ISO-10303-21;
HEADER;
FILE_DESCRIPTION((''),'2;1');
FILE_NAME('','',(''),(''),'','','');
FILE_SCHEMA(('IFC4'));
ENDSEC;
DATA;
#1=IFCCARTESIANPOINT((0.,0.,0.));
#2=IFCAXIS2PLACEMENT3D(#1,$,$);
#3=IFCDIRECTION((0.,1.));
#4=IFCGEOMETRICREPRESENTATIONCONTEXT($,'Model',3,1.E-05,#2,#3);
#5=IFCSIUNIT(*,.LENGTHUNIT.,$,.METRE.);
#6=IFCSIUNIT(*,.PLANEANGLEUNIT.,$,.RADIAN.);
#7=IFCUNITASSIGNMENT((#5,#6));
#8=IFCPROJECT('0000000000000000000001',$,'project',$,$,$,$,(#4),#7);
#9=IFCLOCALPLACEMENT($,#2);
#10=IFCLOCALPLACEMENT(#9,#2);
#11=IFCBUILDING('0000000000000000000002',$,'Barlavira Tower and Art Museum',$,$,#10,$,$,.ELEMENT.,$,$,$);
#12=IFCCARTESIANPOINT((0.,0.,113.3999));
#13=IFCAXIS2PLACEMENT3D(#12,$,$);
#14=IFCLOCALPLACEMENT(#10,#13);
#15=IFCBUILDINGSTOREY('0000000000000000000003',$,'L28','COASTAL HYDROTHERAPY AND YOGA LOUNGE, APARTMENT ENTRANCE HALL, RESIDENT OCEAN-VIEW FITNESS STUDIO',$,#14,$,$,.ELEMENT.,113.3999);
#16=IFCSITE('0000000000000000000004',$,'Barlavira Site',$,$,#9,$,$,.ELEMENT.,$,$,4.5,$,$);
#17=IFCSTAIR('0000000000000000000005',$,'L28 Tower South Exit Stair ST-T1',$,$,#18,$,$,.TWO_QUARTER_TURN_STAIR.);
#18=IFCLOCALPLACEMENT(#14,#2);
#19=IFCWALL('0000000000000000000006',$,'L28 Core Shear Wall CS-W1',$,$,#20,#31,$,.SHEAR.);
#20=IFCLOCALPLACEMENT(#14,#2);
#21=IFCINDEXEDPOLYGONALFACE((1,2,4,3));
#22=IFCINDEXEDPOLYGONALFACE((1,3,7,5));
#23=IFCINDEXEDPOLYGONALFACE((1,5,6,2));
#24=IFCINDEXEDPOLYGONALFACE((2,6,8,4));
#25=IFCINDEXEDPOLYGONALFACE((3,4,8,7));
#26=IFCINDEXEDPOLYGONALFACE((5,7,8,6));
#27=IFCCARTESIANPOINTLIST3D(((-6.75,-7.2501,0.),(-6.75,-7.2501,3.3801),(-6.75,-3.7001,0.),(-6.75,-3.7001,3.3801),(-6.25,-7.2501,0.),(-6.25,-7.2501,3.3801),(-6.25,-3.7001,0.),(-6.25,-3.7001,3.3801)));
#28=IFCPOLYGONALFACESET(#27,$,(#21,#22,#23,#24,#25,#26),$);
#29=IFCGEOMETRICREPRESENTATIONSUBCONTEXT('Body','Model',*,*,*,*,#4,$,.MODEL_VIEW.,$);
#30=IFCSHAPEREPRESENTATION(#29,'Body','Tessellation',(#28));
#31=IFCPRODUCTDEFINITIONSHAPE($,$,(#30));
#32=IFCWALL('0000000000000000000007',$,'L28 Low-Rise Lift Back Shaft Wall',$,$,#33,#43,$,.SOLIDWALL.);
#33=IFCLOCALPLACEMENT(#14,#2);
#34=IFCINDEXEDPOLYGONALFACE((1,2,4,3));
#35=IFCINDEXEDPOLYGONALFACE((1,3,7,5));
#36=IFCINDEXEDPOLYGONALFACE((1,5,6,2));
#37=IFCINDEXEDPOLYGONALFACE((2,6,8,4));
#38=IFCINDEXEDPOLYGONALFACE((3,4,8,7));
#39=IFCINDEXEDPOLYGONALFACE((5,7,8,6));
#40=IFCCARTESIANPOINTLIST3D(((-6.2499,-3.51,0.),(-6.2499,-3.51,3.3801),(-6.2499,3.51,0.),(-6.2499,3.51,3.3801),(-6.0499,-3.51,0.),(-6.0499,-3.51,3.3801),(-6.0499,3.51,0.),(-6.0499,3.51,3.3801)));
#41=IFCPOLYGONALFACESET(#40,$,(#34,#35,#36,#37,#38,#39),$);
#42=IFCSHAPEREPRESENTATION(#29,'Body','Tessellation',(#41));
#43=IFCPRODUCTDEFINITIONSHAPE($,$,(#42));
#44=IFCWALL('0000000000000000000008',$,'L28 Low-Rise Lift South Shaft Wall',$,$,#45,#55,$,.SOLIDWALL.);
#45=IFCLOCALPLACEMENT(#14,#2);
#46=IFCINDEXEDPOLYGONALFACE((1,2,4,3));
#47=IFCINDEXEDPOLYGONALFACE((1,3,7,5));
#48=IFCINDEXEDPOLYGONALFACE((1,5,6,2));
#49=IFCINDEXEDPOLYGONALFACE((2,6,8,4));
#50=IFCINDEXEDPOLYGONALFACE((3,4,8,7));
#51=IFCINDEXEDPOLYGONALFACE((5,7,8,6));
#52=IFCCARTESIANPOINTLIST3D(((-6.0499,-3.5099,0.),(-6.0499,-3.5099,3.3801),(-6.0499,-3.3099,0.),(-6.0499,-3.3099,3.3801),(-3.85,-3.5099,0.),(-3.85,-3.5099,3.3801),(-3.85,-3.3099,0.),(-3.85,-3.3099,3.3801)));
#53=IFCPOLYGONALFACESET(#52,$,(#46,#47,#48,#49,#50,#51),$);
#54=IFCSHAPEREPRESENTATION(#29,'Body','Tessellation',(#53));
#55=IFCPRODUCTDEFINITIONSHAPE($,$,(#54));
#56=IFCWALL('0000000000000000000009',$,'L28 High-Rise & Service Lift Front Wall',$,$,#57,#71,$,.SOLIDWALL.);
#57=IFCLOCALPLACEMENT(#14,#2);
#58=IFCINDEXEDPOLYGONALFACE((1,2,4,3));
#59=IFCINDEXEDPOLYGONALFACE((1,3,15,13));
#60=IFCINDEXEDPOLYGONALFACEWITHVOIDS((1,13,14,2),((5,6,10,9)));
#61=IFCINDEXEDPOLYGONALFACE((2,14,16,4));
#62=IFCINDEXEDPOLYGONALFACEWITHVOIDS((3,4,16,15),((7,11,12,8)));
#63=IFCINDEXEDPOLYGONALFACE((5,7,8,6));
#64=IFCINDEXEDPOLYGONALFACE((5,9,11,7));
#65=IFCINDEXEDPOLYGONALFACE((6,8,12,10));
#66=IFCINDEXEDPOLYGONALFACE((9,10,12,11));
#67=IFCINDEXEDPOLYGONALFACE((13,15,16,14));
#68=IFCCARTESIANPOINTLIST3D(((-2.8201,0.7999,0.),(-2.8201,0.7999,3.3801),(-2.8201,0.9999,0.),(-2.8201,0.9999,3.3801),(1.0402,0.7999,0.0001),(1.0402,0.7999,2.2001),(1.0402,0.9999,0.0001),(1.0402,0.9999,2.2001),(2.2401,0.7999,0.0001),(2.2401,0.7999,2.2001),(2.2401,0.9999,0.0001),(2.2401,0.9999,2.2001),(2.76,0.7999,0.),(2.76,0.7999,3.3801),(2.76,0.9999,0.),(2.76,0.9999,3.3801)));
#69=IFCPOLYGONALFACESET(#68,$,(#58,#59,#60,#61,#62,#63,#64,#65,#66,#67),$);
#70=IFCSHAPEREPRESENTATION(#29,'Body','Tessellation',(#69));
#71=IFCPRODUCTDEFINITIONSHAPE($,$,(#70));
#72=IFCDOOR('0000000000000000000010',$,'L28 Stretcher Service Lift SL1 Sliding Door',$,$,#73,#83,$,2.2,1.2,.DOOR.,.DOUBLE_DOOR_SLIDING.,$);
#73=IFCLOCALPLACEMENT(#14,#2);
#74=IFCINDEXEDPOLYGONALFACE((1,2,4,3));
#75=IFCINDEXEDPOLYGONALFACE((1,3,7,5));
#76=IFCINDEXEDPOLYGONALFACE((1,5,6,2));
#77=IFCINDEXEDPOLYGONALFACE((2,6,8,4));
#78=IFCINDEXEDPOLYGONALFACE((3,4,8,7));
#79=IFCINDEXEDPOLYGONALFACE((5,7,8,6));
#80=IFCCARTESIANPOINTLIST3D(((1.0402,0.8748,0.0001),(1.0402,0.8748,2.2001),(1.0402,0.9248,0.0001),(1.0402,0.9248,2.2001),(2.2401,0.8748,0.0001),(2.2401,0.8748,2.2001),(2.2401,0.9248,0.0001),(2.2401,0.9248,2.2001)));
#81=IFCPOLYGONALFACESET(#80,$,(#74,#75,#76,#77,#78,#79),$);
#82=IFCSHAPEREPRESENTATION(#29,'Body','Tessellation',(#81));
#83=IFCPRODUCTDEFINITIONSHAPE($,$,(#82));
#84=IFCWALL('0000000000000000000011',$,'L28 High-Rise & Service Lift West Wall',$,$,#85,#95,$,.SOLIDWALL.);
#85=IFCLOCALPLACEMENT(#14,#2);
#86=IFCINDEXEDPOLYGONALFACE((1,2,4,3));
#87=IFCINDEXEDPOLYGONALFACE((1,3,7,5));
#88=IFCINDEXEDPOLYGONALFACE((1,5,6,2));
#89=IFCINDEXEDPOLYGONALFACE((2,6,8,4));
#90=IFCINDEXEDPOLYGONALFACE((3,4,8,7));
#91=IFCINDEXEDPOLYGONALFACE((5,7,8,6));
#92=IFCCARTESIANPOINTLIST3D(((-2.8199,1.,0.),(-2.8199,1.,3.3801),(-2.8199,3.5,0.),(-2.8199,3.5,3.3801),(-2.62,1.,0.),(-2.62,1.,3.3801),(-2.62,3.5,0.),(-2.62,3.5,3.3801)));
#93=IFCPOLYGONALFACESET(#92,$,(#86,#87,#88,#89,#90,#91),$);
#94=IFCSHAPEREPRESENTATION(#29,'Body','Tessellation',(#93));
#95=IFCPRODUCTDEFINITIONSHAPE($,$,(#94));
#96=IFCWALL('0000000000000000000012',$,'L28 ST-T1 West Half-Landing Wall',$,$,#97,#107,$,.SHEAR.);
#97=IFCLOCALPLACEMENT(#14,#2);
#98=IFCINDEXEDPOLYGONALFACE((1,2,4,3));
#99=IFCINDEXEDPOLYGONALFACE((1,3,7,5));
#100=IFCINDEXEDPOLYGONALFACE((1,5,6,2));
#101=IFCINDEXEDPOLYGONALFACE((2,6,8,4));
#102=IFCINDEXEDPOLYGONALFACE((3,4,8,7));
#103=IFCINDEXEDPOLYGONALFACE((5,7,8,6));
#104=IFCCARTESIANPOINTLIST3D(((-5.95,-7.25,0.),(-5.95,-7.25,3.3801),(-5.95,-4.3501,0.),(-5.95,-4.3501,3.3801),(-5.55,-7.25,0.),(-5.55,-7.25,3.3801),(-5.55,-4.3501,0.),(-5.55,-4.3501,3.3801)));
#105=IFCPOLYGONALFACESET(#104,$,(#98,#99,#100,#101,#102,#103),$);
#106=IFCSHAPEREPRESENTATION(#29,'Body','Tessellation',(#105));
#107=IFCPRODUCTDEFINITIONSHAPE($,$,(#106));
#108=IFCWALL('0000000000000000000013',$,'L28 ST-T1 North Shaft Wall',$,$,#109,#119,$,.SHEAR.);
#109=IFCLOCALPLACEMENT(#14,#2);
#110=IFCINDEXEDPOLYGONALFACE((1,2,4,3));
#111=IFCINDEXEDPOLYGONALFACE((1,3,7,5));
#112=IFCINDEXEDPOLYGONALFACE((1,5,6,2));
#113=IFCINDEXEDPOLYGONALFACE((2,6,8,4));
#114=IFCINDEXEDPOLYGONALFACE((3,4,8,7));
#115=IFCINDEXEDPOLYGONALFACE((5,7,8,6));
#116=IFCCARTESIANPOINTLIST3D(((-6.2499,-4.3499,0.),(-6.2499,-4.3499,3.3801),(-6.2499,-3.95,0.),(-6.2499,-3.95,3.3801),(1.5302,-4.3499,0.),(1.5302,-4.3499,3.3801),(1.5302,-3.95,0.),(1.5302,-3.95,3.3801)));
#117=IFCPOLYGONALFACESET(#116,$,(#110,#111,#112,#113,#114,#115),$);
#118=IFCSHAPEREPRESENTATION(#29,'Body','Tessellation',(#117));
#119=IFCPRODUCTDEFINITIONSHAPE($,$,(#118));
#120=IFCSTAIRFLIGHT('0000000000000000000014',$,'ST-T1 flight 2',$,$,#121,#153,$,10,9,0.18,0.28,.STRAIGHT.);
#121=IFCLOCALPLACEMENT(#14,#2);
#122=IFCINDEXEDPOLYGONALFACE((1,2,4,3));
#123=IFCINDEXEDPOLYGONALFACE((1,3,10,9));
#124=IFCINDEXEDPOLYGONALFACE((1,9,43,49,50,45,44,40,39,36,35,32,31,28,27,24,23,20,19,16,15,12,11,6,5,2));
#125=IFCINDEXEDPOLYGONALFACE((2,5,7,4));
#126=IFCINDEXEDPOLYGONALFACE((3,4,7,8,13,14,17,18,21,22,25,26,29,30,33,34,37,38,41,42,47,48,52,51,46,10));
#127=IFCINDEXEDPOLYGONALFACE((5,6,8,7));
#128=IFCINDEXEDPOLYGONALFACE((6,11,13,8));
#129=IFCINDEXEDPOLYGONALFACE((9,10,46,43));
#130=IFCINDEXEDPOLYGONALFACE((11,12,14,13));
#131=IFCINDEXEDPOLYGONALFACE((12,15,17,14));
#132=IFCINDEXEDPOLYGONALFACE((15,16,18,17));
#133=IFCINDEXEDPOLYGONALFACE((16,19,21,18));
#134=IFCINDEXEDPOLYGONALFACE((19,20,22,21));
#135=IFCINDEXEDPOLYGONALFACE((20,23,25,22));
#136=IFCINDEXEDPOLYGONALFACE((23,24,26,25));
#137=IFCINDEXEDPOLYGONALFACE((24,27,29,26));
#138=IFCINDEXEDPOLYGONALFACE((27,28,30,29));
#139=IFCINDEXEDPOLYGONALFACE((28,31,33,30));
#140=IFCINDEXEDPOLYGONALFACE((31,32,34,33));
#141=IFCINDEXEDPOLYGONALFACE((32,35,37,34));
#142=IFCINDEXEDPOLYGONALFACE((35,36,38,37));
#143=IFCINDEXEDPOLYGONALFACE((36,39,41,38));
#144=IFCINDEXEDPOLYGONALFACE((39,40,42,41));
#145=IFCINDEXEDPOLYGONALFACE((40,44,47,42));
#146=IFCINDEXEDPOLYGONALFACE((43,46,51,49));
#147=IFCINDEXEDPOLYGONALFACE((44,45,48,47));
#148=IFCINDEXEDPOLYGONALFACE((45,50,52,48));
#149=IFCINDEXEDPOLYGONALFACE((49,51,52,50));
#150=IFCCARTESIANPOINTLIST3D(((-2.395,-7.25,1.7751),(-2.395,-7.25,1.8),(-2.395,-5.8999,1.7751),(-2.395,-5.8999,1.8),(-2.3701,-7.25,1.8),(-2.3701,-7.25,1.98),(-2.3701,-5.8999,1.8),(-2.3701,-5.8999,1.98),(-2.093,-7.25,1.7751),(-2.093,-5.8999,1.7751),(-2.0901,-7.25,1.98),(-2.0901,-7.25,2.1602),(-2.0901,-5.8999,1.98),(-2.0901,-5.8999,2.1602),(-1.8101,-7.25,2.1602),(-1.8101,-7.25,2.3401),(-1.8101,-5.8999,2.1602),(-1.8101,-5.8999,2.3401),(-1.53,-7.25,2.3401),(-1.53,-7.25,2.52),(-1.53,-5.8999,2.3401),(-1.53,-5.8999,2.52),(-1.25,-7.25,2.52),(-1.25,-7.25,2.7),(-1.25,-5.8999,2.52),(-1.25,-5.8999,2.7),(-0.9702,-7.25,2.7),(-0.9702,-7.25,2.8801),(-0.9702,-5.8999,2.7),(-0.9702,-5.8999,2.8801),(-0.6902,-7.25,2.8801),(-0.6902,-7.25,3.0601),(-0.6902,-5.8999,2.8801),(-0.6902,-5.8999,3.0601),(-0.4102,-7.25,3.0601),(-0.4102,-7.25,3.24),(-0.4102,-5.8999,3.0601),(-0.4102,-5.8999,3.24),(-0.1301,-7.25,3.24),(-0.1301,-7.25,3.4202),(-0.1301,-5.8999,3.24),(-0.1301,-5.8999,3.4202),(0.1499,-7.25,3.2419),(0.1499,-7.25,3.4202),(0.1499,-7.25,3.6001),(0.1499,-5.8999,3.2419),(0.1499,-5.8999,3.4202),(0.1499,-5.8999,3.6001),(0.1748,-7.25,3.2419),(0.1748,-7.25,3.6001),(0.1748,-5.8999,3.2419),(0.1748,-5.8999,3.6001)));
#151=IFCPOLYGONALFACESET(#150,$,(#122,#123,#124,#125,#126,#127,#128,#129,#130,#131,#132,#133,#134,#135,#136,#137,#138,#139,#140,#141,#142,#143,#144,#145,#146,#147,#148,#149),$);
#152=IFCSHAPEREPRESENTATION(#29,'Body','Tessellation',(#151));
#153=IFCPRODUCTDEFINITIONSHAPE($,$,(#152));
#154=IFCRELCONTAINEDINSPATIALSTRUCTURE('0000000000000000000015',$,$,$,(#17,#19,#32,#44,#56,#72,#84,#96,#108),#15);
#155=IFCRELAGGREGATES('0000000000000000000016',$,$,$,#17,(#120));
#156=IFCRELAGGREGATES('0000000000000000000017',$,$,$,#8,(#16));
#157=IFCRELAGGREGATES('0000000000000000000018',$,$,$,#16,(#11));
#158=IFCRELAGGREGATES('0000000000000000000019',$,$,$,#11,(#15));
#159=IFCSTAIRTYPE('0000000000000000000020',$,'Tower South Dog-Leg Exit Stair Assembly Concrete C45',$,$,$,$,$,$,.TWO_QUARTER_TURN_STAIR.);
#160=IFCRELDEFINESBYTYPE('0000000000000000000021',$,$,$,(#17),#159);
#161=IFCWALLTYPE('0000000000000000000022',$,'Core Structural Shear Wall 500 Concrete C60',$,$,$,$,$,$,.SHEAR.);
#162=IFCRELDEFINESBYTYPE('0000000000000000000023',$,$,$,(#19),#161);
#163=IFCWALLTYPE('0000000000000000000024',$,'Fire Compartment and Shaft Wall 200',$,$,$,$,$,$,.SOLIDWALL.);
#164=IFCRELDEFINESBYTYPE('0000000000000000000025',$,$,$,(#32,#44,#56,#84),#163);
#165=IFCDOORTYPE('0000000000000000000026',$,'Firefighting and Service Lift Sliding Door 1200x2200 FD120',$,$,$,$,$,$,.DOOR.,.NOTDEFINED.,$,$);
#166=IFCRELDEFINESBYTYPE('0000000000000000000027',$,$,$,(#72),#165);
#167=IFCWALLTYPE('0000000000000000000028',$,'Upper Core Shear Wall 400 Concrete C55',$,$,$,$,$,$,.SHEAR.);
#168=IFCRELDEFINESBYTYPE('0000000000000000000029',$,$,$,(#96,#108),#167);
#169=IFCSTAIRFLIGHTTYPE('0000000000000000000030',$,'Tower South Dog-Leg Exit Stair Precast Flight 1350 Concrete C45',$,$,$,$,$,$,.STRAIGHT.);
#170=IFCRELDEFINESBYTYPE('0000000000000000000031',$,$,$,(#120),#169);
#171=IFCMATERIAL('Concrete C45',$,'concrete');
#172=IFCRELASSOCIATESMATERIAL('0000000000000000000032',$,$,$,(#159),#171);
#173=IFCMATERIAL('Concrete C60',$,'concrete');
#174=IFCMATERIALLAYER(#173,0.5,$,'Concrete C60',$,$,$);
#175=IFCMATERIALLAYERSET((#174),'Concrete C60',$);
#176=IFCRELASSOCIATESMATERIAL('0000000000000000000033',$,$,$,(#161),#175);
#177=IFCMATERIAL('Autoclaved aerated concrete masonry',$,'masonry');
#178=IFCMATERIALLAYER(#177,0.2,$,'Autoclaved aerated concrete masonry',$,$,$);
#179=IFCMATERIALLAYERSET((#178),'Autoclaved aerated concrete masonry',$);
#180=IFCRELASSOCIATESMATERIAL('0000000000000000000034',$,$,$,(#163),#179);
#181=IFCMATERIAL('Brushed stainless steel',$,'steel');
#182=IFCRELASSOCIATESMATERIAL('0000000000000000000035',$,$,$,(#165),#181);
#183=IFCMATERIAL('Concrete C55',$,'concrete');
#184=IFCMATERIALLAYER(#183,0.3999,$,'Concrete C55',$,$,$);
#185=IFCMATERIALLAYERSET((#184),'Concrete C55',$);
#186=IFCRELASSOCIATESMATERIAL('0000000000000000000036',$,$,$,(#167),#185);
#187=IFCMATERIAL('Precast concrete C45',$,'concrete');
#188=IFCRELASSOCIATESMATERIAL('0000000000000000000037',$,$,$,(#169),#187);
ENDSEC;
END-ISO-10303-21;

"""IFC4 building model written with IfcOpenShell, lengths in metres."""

from ifc_helpers import new_model, si_unit, direction, frame, frame_2d, origin, place, context, subcontext, project, spatial, polyline, rectangle, outline, extrude, material, layer, layer_set, type_object, element, fill, aggregate, save


model = new_model("IFC4")

# Units and contexts
model_context = context("Model", 3, precision=1e-05, world=origin(), true_north=direction((0.0, 1.0)))
body_context = subcontext(model_context, "Body", "Model", "MODEL_VIEW")
ifc_project = project(units=[si_unit("LENGTHUNIT", "METRE"), si_unit("PLANEANGLEUNIT", "RADIAN")], contexts=[model_context])

# Site, building, storey
site_placement = place(None, origin())
site = spatial("IfcSite", under=ifc_project, at=site_placement, Name="Barlavira Site", CompositionType="ELEMENT", RefElevation=4.5)
building_placement = place(site_placement, origin())
building = spatial("IfcBuilding", under=site, at=building_placement, Name="Barlavira Tower and Art Museum", CompositionType="ELEMENT")
storey_placement = place(building_placement, frame((0.0, 0.0, 113.3999)))
storey = spatial("IfcBuildingStorey", under=building, at=storey_placement, Name="L28", Description="COASTAL HYDROTHERAPY AND YOGA LOUNGE, APARTMENT ENTRANCE HALL, RESIDENT OCEAN-VIEW FITNESS STUDIO", CompositionType="ELEMENT", Elevation=113.3999)

# Stair
ifc_material_1 = material(Name="Concrete C45", Category="concrete")
stair_type_1 = type_object("IfcStairType", Name="Tower South Dog-Leg Exit Stair Assembly Concrete C45", PredefinedType="TWO_QUARTER_TURN_STAIR", material=ifc_material_1)
stair_1_placement = place(storey_placement, origin())
stair_1 = element("IfcStair", 1, at=stair_1_placement, inside=storey, type_object=stair_type_1, Name="L28 Tower South Exit Stair ST-T1", PredefinedType="TWO_QUARTER_TURN_STAIR")

# Wall
ifc_material_2 = material(Name="Concrete C60", Category="concrete")
ifc_layer_1 = layer(ifc_material_2, 0.5, Name="Concrete C60")
ifc_layer_set_1 = layer_set([ifc_layer_1], Name="Concrete C60")
wall_type_1 = type_object("IfcWallType", Name="Core Structural Shear Wall 500 Concrete C60", PredefinedType="SHEAR", material=ifc_layer_set_1)
wall_1_placement = place(storey_placement, frame((-6.5, -7.25, 0.0), z_axis=(0.0, 0.0, 1.0), x_axis=(0.0, 1.0, 0.0)))
element("IfcWall", 2, at=wall_1_placement, inside=storey, type_object=wall_type_1, Name="L28 Core Shear Wall CS-W1", PredefinedType="SHEAR", context=body_context, shape_type="SweptSolid", body=[
    extrude(rectangle(XDim=3.55, YDim=0.5, at=frame_2d((1.7749, 0.0))), origin(), (0.0, 0.0, 1.0), 3.3801),
])

# Shared definitions
ifc_material_3 = material(Name="Autoclaved aerated concrete masonry", Category="masonry")
ifc_layer_2 = layer(ifc_material_3, 0.2, Name="Autoclaved aerated concrete masonry")
ifc_layer_set_2 = layer_set([ifc_layer_2], Name="Autoclaved aerated concrete masonry")
wall_type_2 = type_object("IfcWallType", Name="Fire Compartment and Shaft Wall 200", PredefinedType="SOLIDWALL", material=ifc_layer_set_2)
ifc_material_4 = material(Name="Brushed stainless steel", Category="steel")

# Walls
wall_2_placement = place(storey_placement, frame((-6.1499, -3.51, 0.0), z_axis=(0.0, 0.0, 1.0), x_axis=(0.0, 1.0, 0.0)))
element("IfcWall", 3, at=wall_2_placement, inside=storey, type_object=wall_type_2, Name="L28 Low-Rise Lift Back Shaft Wall", PredefinedType="SOLIDWALL", context=body_context, shape_type="SweptSolid", body=[
    extrude(rectangle(XDim=7.02, YDim=0.2, at=frame_2d((3.51, 0.0))), origin(), (0.0, 0.0, 1.0), 3.3801),
])
wall_3_placement = place(storey_placement, frame((-6.05, -3.4099, 0.0), z_axis=(0.0, 0.0, 1.0), x_axis=(1.0, 0.0, 0.0)))
element("IfcWall", 4, at=wall_3_placement, inside=storey, type_object=wall_type_2, Name="L28 Low-Rise Lift South Shaft Wall", PredefinedType="SOLIDWALL", context=body_context, shape_type="SweptSolid", body=[
    extrude(rectangle(XDim=2.2, YDim=0.2, at=frame_2d((1.1001, 0.0))), origin(), (0.0, 0.0, 1.0), 3.3801),
])

# Wall, opening, door
wall_4_placement = place(storey_placement, frame((-2.8201, 0.8999, 0.0), z_axis=(0.0, 0.0, 1.0), x_axis=(1.0, 0.0, 0.0)))
wall_4 = element("IfcWall", 5, at=wall_4_placement, inside=storey, type_object=wall_type_2, Name="L28 High-Rise & Service Lift Front Wall", PredefinedType="SOLIDWALL", context=body_context, shape_type="SweptSolid", body=[
    extrude(rectangle(XDim=5.5801, YDim=0.2, at=frame_2d((2.79, 0.0))), origin(), (0.0, 0.0, 1.0), 3.3801),
])
opening_1_placement = place(wall_4_placement, frame((3.8601, 0.0, 0.0)))
opening_1 = element("IfcOpeningElement", 6, at=opening_1_placement, cuts=wall_4, PredefinedType="OPENING", context=body_context, shape_type="SweptSolid", body=[
    extrude(rectangle(XDim=1.2, YDim=2.2, at=frame_2d((0.6001, 1.1001))), frame((0.0, 0.1099, 0.0), z_axis=(0.0, -1.0, 0.0), x_axis=(1.0, 0.0, 0.0)), (0.0, 0.0, 1.0), 0.22),
])
door_type_1 = type_object("IfcDoorType", Name="Firefighting and Service Lift Sliding Door 1200x2200 FD120", OperationType="NOTDEFINED", PredefinedType="DOOR", material=ifc_material_4)
door_1_placement = place(opening_1_placement, origin())
door_1 = element("IfcDoor", 7, at=door_1_placement, inside=storey, type_object=door_type_1, Name="L28 Stretcher Service Lift SL1 Sliding Door", OperationType="DOUBLE_DOOR_SLIDING", OverallHeight=2.2, OverallWidth=1.2, PredefinedType="DOOR", context=body_context, shape_type="SweptSolid", body=[
    extrude(rectangle(XDim=1.2, YDim=2.2, at=frame_2d((0.6001, 1.1001))), frame((0.0, 0.0249, 0.0), z_axis=(0.0, -1.0, 0.0), x_axis=(1.0, 0.0, 0.0)), (0.0, 0.0, 1.0), 0.05),
])
fill(opening_1, door_1)

# Walls
wall_5_placement = place(storey_placement, frame((-2.72, 1.0, 0.0), z_axis=(0.0, 0.0, 1.0), x_axis=(0.0, 1.0, 0.0)))
element("IfcWall", 8, at=wall_5_placement, inside=storey, type_object=wall_type_2, Name="L28 High-Rise & Service Lift West Wall", PredefinedType="SOLIDWALL", context=body_context, shape_type="SweptSolid", body=[
    extrude(rectangle(XDim=2.5, YDim=0.2, at=frame_2d((1.25, 0.0))), origin(), (0.0, 0.0, 1.0), 3.3801),
])
ifc_material_5 = material(Name="Concrete C55", Category="concrete")
ifc_layer_3 = layer(ifc_material_5, 0.3999, Name="Concrete C55")
ifc_layer_set_3 = layer_set([ifc_layer_3], Name="Concrete C55")
wall_type_3 = type_object("IfcWallType", Name="Upper Core Shear Wall 400 Concrete C55", PredefinedType="SHEAR", material=ifc_layer_set_3)
wall_6_placement = place(storey_placement, frame((-5.75, -7.25, 0.0), z_axis=(0.0, 0.0, 1.0), x_axis=(0.0, 1.0, 0.0)))
element("IfcWall", 9, at=wall_6_placement, inside=storey, type_object=wall_type_3, Name="L28 ST-T1 West Half-Landing Wall", PredefinedType="SHEAR", context=body_context, shape_type="SweptSolid", body=[
    extrude(rectangle(XDim=2.8999, YDim=0.3999, at=frame_2d((1.45, 0.0))), origin(), (0.0, 0.0, 1.0), 3.3801),
])
wall_7_placement = place(storey_placement, frame((-6.25, -4.1499, 0.0), z_axis=(0.0, 0.0, 1.0), x_axis=(1.0, 0.0, 0.0)))
element("IfcWall", 10, at=wall_7_placement, inside=storey, type_object=wall_type_3, Name="L28 ST-T1 North Shaft Wall", PredefinedType="SHEAR", context=body_context, shape_type="SweptSolid", body=[
    extrude(rectangle(XDim=7.78, YDim=0.3999, at=frame_2d((3.8901, 0.0))), origin(), (0.0, 0.0, 1.0), 3.3801),
])

# Stair flight
ifc_material_6 = material(Name="Precast concrete C45", Category="concrete")
stair_flight_type = type_object("IfcStairFlightType", Name="Tower South Dog-Leg Exit Stair Precast Flight 1350 Concrete C45", PredefinedType="STRAIGHT", material=ifc_material_6)
stair_flight_placement = place(storey_placement, frame((-2.3701, -6.575, 1.8), z_axis=(0.0, 0.0, 1.0), x_axis=(1.0, 0.0, 0.0)))
stair_flight = element("IfcStairFlight", 11, at=stair_flight_placement, type_object=stair_flight_type, Name="ST-T1 flight 2", NumberOfRisers=10, NumberOfTreads=9, PredefinedType="STRAIGHT", RiserHeight=0.18, TreadLength=0.28, context=body_context, shape_type="SweptSolid", body=[
    extrude(outline(polyline([(-0.0249, 0.0), (0.0, 0.0), (0.0, 0.1799), (0.28, 0.1799), (0.28, 0.3601), (0.5601, 0.3601), (0.5601, 0.54), (0.8401, 0.54), (0.8401, 0.72), (1.1201, 0.72), (1.1201, 0.8999), (1.3999, 0.8999), (1.3999, 1.0801), (1.6799, 1.0801), (1.6799, 1.26), (1.96, 1.26), (1.96, 1.4399), (2.24, 1.4399), (2.24, 1.6201), (2.52, 1.6201), (2.52, 1.8), (2.5449, 1.8), (2.5449, 1.4419), (2.52, 1.4419), (0.2771, -0.0249), (-0.0249, -0.0249), (-0.0249, 0.0)])), frame((0.0, 0.675, 0.0), z_axis=(0.0, -1.0, 0.0), x_axis=(1.0, 0.0, 0.0)), (0.0, 0.0, 1.0), 1.3501),
])
aggregate(stair_1, [stair_flight])

save(model, "model.ifc")
